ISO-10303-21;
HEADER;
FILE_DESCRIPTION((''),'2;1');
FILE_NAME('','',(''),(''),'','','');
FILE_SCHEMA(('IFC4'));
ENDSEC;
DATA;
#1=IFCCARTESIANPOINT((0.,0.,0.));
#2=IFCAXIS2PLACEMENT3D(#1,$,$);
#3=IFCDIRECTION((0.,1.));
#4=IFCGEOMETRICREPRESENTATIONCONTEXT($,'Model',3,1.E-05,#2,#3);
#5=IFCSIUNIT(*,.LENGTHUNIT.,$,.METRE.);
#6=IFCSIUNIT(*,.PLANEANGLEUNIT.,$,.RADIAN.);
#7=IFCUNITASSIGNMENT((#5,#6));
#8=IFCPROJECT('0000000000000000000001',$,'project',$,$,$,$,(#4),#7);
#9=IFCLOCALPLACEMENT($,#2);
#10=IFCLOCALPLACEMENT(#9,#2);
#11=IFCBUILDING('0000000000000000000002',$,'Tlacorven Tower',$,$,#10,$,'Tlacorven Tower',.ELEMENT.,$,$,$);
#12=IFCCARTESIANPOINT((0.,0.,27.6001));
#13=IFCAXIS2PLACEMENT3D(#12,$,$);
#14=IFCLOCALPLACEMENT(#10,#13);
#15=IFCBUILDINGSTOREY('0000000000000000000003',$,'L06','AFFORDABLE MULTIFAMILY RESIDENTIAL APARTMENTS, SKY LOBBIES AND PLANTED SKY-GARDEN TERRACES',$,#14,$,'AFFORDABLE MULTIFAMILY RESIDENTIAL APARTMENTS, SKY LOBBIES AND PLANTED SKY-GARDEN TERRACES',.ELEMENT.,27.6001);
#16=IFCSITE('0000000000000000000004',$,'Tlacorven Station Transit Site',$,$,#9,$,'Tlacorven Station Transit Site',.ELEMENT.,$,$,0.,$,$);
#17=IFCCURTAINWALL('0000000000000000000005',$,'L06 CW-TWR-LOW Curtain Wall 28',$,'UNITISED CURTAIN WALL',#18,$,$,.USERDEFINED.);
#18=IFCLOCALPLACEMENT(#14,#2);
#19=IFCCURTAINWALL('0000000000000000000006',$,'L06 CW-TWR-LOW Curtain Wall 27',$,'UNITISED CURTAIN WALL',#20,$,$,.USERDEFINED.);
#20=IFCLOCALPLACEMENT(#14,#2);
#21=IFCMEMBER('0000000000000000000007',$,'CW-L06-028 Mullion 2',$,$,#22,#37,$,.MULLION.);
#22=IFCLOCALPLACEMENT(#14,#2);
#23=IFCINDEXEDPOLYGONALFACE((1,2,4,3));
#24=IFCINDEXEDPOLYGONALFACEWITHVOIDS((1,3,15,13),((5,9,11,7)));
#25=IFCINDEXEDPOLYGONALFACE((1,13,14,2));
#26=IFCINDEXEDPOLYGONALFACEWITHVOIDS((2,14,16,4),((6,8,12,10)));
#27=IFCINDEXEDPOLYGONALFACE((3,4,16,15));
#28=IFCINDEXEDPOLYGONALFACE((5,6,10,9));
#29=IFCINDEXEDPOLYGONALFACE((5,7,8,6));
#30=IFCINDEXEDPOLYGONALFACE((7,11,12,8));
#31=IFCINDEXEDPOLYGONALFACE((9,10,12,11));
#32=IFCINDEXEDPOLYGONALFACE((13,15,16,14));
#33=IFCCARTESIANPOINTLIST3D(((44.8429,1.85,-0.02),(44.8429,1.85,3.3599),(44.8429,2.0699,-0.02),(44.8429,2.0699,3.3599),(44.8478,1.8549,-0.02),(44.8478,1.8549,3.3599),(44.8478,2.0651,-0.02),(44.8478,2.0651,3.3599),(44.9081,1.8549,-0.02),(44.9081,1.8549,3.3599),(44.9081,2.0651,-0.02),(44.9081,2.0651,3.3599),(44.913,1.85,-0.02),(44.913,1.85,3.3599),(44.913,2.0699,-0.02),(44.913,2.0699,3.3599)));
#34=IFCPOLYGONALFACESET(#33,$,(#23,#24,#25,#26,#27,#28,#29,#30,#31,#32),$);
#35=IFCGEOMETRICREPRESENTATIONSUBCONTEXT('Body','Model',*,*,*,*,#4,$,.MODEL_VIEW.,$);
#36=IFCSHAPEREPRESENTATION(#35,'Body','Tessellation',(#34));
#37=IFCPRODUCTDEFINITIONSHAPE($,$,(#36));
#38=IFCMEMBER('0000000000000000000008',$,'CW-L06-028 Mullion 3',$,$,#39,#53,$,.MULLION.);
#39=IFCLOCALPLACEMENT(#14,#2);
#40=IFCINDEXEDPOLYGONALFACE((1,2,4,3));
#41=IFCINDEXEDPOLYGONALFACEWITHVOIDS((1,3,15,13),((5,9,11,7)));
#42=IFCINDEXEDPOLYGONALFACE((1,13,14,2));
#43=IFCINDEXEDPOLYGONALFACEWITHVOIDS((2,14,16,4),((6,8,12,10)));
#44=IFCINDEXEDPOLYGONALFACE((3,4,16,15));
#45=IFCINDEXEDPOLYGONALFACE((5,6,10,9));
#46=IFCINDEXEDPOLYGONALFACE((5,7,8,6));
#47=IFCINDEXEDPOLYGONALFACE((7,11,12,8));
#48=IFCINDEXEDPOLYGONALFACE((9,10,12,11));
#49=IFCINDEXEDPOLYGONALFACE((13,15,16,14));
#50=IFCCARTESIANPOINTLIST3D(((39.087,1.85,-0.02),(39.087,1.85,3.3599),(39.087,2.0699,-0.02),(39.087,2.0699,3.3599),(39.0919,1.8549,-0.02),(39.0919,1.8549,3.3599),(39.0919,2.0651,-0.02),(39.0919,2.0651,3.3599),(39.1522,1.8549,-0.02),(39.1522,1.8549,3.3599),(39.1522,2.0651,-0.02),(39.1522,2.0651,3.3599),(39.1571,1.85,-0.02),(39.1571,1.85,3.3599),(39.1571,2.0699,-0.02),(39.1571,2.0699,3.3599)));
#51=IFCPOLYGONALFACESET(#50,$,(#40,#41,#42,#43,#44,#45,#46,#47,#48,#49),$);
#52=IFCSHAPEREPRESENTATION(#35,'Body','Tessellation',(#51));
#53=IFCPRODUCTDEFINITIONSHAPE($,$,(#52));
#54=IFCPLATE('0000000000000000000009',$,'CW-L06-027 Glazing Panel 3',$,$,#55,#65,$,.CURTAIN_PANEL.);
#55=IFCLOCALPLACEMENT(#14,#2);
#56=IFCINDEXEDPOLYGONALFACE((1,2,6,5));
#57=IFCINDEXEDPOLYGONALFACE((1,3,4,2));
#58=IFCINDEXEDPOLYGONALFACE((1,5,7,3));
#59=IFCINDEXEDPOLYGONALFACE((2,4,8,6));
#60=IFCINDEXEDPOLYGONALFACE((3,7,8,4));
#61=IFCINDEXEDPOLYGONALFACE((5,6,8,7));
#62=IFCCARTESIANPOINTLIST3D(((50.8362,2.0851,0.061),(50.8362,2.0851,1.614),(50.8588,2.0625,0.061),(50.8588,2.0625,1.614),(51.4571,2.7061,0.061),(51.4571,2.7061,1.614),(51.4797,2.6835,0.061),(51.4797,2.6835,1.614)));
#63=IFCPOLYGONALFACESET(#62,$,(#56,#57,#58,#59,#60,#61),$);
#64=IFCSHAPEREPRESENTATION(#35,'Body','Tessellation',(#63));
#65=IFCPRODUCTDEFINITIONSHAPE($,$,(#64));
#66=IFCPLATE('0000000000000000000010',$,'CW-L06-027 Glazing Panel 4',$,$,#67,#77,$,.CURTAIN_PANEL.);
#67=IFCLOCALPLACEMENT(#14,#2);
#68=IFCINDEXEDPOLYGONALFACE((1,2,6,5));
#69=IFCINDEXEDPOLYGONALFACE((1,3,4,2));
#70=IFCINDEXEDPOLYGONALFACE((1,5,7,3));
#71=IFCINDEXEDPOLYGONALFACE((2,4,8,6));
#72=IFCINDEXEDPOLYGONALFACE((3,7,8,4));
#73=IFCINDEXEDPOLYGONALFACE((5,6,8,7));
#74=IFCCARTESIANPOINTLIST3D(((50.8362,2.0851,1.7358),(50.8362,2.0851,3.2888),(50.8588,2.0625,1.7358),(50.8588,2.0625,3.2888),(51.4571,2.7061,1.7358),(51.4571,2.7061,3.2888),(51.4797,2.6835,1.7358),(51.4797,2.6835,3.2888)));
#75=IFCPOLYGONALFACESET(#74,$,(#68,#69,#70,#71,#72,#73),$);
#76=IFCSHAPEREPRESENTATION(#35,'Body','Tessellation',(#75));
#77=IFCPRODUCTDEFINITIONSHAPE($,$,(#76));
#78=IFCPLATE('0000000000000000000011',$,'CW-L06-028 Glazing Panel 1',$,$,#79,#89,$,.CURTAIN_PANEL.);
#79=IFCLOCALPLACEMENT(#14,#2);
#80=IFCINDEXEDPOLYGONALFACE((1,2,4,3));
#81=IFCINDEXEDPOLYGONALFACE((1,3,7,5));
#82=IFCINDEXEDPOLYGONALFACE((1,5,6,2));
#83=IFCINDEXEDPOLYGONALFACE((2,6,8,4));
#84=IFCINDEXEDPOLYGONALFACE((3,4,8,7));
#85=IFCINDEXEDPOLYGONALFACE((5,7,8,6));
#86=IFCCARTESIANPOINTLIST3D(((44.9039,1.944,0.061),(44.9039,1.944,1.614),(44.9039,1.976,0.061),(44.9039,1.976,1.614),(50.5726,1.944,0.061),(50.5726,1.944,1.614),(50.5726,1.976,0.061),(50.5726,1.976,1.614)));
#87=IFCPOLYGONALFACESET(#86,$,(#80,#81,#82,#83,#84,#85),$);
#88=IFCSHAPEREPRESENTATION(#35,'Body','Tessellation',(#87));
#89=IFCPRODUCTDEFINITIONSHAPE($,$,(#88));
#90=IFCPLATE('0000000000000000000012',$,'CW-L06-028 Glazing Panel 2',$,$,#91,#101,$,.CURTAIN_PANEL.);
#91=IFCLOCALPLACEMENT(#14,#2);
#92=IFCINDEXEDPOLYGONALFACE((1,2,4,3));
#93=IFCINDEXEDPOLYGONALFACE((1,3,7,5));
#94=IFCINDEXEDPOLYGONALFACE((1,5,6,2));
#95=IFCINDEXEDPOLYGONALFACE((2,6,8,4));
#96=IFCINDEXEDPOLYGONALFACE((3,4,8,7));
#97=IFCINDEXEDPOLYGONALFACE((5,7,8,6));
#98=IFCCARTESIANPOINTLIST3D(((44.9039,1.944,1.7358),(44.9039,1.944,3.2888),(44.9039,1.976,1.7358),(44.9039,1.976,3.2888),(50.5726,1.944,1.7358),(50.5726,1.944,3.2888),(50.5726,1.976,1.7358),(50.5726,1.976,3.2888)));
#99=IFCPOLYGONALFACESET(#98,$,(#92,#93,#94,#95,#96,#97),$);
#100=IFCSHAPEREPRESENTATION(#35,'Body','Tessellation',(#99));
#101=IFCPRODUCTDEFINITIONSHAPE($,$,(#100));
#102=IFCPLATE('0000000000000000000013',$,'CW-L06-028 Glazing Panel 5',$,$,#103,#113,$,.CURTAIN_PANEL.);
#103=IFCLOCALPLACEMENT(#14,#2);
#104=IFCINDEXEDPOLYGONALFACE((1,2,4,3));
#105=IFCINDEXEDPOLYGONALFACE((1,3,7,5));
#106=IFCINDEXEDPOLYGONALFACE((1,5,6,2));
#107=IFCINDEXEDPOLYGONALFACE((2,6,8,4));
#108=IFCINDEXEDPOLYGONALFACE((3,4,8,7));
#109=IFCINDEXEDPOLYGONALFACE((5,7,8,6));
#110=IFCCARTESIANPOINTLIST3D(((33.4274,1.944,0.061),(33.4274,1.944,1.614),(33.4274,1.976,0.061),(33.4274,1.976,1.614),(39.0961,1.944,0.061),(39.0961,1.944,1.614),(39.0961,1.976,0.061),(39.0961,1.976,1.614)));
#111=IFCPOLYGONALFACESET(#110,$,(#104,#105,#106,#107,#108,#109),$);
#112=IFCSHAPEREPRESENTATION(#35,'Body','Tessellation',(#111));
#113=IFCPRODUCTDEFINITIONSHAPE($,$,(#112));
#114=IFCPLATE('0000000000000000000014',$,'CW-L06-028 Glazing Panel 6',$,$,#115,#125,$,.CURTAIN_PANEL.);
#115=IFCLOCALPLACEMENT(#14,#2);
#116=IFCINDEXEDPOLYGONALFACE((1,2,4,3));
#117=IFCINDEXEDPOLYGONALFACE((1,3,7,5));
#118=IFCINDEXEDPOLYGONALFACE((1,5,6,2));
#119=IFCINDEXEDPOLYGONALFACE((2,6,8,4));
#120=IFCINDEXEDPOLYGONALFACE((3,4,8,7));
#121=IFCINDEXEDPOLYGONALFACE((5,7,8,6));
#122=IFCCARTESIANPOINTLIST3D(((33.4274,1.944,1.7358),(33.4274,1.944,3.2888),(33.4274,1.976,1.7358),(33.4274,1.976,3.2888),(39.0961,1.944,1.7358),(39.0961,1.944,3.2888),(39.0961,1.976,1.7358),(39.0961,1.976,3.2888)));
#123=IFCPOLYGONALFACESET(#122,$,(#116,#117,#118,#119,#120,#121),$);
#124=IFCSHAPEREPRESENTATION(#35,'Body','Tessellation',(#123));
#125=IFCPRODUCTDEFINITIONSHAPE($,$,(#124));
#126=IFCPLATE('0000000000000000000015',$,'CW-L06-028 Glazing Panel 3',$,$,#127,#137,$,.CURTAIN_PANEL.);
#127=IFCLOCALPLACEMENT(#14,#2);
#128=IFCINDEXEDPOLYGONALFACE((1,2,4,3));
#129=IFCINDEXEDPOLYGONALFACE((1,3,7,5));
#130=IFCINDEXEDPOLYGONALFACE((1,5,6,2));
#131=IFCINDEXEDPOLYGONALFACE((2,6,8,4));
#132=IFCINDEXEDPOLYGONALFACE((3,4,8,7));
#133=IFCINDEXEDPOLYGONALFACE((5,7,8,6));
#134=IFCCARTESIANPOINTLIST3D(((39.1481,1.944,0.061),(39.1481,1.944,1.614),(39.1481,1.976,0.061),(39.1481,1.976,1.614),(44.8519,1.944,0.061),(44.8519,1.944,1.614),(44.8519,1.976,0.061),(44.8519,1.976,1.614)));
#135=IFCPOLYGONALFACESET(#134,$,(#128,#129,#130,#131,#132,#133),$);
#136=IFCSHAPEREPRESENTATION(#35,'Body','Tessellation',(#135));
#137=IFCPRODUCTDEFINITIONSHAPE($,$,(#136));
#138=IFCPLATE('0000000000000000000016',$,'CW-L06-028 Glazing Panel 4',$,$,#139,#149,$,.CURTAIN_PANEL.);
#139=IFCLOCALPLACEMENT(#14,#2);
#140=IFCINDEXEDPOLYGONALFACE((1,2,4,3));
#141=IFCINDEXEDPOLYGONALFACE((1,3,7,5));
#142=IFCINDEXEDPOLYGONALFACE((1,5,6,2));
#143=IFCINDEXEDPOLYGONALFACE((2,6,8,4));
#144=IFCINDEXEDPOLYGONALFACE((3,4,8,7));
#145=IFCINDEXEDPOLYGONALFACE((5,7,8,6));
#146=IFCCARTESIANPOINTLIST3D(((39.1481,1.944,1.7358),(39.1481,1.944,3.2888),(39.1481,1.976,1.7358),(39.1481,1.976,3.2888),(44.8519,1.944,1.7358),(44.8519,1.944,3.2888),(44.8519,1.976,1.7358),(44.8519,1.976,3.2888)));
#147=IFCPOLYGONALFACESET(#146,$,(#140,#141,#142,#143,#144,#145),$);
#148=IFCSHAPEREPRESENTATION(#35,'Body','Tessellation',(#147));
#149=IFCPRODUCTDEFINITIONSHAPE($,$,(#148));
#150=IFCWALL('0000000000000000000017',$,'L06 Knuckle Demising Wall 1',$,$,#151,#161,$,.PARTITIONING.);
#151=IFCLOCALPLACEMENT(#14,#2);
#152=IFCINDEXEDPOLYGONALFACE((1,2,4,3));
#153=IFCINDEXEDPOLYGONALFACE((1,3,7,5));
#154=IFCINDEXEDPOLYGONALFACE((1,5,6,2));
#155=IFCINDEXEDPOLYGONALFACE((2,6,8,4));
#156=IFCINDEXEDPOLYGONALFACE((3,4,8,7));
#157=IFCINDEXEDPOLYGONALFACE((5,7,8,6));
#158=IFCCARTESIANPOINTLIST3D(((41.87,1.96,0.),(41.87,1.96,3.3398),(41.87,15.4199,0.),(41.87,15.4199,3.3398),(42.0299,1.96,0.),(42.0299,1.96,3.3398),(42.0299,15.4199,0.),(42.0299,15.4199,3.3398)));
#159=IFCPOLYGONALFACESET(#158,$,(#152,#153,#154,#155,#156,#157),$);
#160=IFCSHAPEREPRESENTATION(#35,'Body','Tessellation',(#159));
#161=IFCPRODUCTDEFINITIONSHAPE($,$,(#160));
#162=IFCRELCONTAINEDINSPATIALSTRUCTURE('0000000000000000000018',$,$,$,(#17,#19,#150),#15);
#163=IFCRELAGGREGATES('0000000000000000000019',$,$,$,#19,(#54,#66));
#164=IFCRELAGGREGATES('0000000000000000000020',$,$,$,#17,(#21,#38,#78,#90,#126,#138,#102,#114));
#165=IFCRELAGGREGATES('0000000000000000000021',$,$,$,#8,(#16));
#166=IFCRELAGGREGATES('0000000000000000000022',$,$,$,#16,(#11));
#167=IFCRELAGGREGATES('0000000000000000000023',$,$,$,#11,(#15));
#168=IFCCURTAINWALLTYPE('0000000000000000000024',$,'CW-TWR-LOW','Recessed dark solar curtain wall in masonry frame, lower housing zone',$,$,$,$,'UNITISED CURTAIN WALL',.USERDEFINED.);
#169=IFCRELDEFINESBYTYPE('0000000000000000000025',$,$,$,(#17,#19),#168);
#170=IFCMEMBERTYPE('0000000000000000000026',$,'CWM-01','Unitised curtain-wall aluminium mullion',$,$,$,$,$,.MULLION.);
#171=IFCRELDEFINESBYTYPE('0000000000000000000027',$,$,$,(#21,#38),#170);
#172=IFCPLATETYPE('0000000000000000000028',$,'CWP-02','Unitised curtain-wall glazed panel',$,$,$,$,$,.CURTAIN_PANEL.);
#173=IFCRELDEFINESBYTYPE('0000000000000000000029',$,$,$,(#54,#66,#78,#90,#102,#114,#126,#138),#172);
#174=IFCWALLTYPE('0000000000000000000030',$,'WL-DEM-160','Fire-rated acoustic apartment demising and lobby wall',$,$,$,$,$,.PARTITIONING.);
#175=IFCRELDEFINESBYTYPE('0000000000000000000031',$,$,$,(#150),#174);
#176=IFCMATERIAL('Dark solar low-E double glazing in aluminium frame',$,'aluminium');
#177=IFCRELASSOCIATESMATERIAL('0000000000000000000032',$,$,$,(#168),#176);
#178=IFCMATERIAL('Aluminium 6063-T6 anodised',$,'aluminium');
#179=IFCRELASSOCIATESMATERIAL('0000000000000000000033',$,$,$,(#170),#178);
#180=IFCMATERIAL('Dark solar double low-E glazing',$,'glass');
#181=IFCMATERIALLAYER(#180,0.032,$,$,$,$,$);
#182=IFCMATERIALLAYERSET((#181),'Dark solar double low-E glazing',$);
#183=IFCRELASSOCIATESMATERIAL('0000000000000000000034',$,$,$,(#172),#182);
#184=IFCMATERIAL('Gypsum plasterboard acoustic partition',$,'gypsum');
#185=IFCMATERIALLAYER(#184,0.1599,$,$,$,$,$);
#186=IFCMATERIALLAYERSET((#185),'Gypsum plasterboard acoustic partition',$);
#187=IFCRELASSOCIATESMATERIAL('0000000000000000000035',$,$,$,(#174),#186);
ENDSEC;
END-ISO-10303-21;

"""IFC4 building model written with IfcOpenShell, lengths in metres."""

from ifc_helpers import new_model, si_unit, direction, frame, frame_2d, origin, origin_2d, place, context, subcontext, project, spatial, rectangle, hollow_rectangle, extrude, source, transform, mapped, material, layer, layer_set, material_profile, profile_set, type_object, element, aggregate, save


model = new_model("IFC4")

# Units and contexts
model_context = context("Model", 3, precision=1e-05, world=origin(), true_north=direction((0.0, 1.0)))
body_context = subcontext(model_context, "Body", "Model", "MODEL_VIEW")
ifc_project = project(units=[si_unit("LENGTHUNIT", "METRE"), si_unit("PLANEANGLEUNIT", "RADIAN")], contexts=[model_context])

# Site, building, storey
site_placement = place(None, origin())
site = spatial("IfcSite", under=ifc_project, at=site_placement, Name="Tlacorven Station Transit Site", LongName="Tlacorven Station Transit Site", CompositionType="ELEMENT", RefElevation=0.0)
building_placement = place(site_placement, origin())
building = spatial("IfcBuilding", under=site, at=building_placement, Name="Tlacorven Tower", LongName="Tlacorven Tower", CompositionType="ELEMENT")
storey_placement = place(building_placement, frame((0.0, 0.0, 27.6001)))
storey = spatial("IfcBuildingStorey", under=building, at=storey_placement, Name="L06", Description="AFFORDABLE MULTIFAMILY RESIDENTIAL APARTMENTS, SKY LOBBIES AND PLANTED SKY-GARDEN TERRACES", LongName="AFFORDABLE MULTIFAMILY RESIDENTIAL APARTMENTS, SKY LOBBIES AND PLANTED SKY-GARDEN TERRACES", CompositionType="ELEMENT", Elevation=27.6001)

# Curtain wall
ifc_material_1 = material(Name="Dark solar low-E double glazing in aluminium frame", Category="aluminium")
curtain_wall_type = type_object("IfcCurtainWallType", Name="CW-TWR-LOW", Description="Recessed dark solar curtain wall in masonry frame, lower housing zone", ElementType="UNITISED CURTAIN WALL", PredefinedType="USERDEFINED", material=ifc_material_1)
curtain_wall_1_placement = place(storey_placement, origin())
curtain_wall_1 = element("IfcCurtainWall", 1, at=curtain_wall_1_placement, inside=storey, type_object=curtain_wall_type, Name="L06 CW-TWR-LOW Curtain Wall 28", ObjectType="UNITISED CURTAIN WALL", PredefinedType="USERDEFINED")
ifc_material_2 = material(Name="Aluminium 6063-T6 anodised", Category="aluminium")

# Curtain wall
curtain_wall_2_placement = place(storey_placement, origin())
curtain_wall_2 = element("IfcCurtainWall", 2, at=curtain_wall_2_placement, inside=storey, type_object=curtain_wall_type, Name="L06 CW-TWR-LOW Curtain Wall 27", ObjectType="UNITISED CURTAIN WALL", PredefinedType="USERDEFINED")
ifc_material_profile_1 = material_profile(ifc_material_2, hollow_rectangle(XDim=0.0701, YDim=0.22, WallThickness=0.0049, at=origin_2d()), Name="ALU MULLION 70X220")
ifc_profile_set_1 = profile_set([ifc_material_profile_1], Name="Aluminium 6063-T6 anodised")
member_type_1 = type_object("IfcMemberType", Name="CWM-01", Description="Unitised curtain-wall aluminium mullion", PredefinedType="MULLION", material=ifc_profile_set_1)
shared_shape_1 = source(origin(), body_context, "Body", "SweptSolid", [
    extrude(hollow_rectangle(XDim=0.0701, YDim=0.22, WallThickness=0.0049, at=origin_2d()), origin(), (0.0, 0.0, 1.0), 3.3799),
])

# Members
member_1_placement = place(storey_placement, frame((44.8779, 1.96, -0.02), z_axis=(0.0, 0.0, 1.0), x_axis=(-1.0, 0.0, 0.0)))
member_1 = element("IfcMember", 3, at=member_1_placement, type_object=member_type_1, Name="CW-L06-028 Mullion 2", PredefinedType="MULLION", context=body_context, shape_type="MappedRepresentation", body=[
    mapped(shared_shape_1, transform((0.0, 0.0, 0.0), scale=1.0)),
])
member_2_placement = place(storey_placement, frame((39.1221, 1.96, -0.02), z_axis=(0.0, 0.0, 1.0), x_axis=(-1.0, 0.0, 0.0)))
member_2 = element("IfcMember", 4, at=member_2_placement, type_object=member_type_1, Name="CW-L06-028 Mullion 3", PredefinedType="MULLION", context=body_context, shape_type="MappedRepresentation", body=[
    mapped(shared_shape_1, transform((0.0, 0.0, 0.0), scale=1.0)),
])

# Plates
ifc_material_3 = material(Name="Dark solar double low-E glazing", Category="glass")
ifc_layer_1 = layer(ifc_material_3, 0.032)
ifc_layer_set_1 = layer_set([ifc_layer_1], Name="Dark solar double low-E glazing")
plate_type = type_object("IfcPlateType", Name="CWP-02", Description="Unitised curtain-wall glazed panel", PredefinedType="CURTAIN_PANEL", material=ifc_layer_set_1)
shared_shape_2 = source(origin(), body_context, "Body", "SweptSolid", [
    extrude(rectangle(XDim=0.8782, YDim=0.032, at=origin_2d()), origin(), (0.0, 0.0, 1.0), 1.553),
])
plate_1_placement = place(storey_placement, frame((51.158, 2.3843, 0.061), z_axis=(0.0, 0.0, 1.0), x_axis=(-0.707107, -0.707107, 0.0)))
plate_1 = element("IfcPlate", 5, at=plate_1_placement, type_object=plate_type, Name="CW-L06-027 Glazing Panel 3", PredefinedType="CURTAIN_PANEL", context=body_context, shape_type="MappedRepresentation", body=[
    mapped(shared_shape_2, transform((0.0, 0.0, 0.0), scale=1.0)),
])
plate_2_placement = place(storey_placement, frame((51.158, 2.3843, 1.7358), z_axis=(0.0, 0.0, 1.0), x_axis=(-0.707107, -0.707107, 0.0)))
plate_2 = element("IfcPlate", 6, at=plate_2_placement, type_object=plate_type, Name="CW-L06-027 Glazing Panel 4", PredefinedType="CURTAIN_PANEL", context=body_context, shape_type="MappedRepresentation", body=[
    mapped(shared_shape_2, transform((0.0, 0.0, 0.0), scale=1.0)),
])
aggregate(curtain_wall_2, [plate_1, plate_2])
shared_shape_3 = source(origin(), body_context, "Body", "SweptSolid", [
    extrude(rectangle(XDim=5.6687, YDim=0.032, at=origin_2d()), origin(), (0.0, 0.0, 1.0), 1.553),
])
plate_3_placement = place(storey_placement, frame((47.7383, 1.96, 0.061), z_axis=(0.0, 0.0, 1.0), x_axis=(-1.0, 0.0, 0.0)))
plate_3 = element("IfcPlate", 7, at=plate_3_placement, type_object=plate_type, Name="CW-L06-028 Glazing Panel 1", PredefinedType="CURTAIN_PANEL", context=body_context, shape_type="MappedRepresentation", body=[
    mapped(shared_shape_3, transform((0.0, 0.0, 0.0), scale=1.0)),
])
plate_4_placement = place(storey_placement, frame((47.7383, 1.96, 1.7358), z_axis=(0.0, 0.0, 1.0), x_axis=(-1.0, 0.0, 0.0)))
plate_4 = element("IfcPlate", 8, at=plate_4_placement, type_object=plate_type, Name="CW-L06-028 Glazing Panel 2", PredefinedType="CURTAIN_PANEL", context=body_context, shape_type="MappedRepresentation", body=[
    mapped(shared_shape_3, transform((0.0, 0.0, 0.0), scale=1.0)),
])
plate_5_placement = place(storey_placement, frame((36.2617, 1.96, 0.061), z_axis=(0.0, 0.0, 1.0), x_axis=(-1.0, 0.0, 0.0)))
plate_5 = element("IfcPlate", 9, at=plate_5_placement, type_object=plate_type, Name="CW-L06-028 Glazing Panel 5", PredefinedType="CURTAIN_PANEL", context=body_context, shape_type="MappedRepresentation", body=[
    mapped(shared_shape_3, transform((0.0, 0.0, 0.0), scale=1.0)),
])
plate_6_placement = place(storey_placement, frame((36.2617, 1.96, 1.7358), z_axis=(0.0, 0.0, 1.0), x_axis=(-1.0, 0.0, 0.0)))
plate_6 = element("IfcPlate", 10, at=plate_6_placement, type_object=plate_type, Name="CW-L06-028 Glazing Panel 6", PredefinedType="CURTAIN_PANEL", context=body_context, shape_type="MappedRepresentation", body=[
    mapped(shared_shape_3, transform((0.0, 0.0, 0.0), scale=1.0)),
])
shared_shape_4 = source(origin(), body_context, "Body", "SweptSolid", [
    extrude(rectangle(XDim=5.7039, YDim=0.032, at=origin_2d()), origin(), (0.0, 0.0, 1.0), 1.553),
])
plate_7_placement = place(storey_placement, frame((42.0, 1.96, 0.061), z_axis=(0.0, 0.0, 1.0), x_axis=(-1.0, 0.0, 0.0)))
plate_7 = element("IfcPlate", 11, at=plate_7_placement, type_object=plate_type, Name="CW-L06-028 Glazing Panel 3", PredefinedType="CURTAIN_PANEL", context=body_context, shape_type="MappedRepresentation", body=[
    mapped(shared_shape_4, transform((0.0, 0.0, 0.0), scale=1.0)),
])
plate_8_placement = place(storey_placement, frame((42.0, 1.96, 1.7358), z_axis=(0.0, 0.0, 1.0), x_axis=(-1.0, 0.0, 0.0)))
plate_8 = element("IfcPlate", 12, at=plate_8_placement, type_object=plate_type, Name="CW-L06-028 Glazing Panel 4", PredefinedType="CURTAIN_PANEL", context=body_context, shape_type="MappedRepresentation", body=[
    mapped(shared_shape_4, transform((0.0, 0.0, 0.0), scale=1.0)),
])
aggregate(curtain_wall_1, [member_1, member_2, plate_3, plate_4, plate_7, plate_8, plate_5, plate_6])

# Wall
ifc_material_4 = material(Name="Gypsum plasterboard acoustic partition", Category="gypsum")
ifc_layer_2 = layer(ifc_material_4, 0.1599)
ifc_layer_set_2 = layer_set([ifc_layer_2], Name="Gypsum plasterboard acoustic partition")
wall_type_1 = type_object("IfcWallType", Name="WL-DEM-160", Description="Fire-rated acoustic apartment demising and lobby wall", PredefinedType="PARTITIONING", material=ifc_layer_set_2)
wall_1_placement = place(storey_placement, frame((41.95, 1.96, 0.0), z_axis=(0.0, 0.0, 1.0), x_axis=(0.0, 1.0, 0.0)))
element("IfcWall", 13, at=wall_1_placement, inside=storey, type_object=wall_type_1, Name="L06 Knuckle Demising Wall 1", PredefinedType="PARTITIONING", context=body_context, shape_type="SweptSolid", body=[
    extrude(rectangle(XDim=13.46, YDim=0.1599, at=frame_2d((6.73, 0.0))), origin(), (0.0, 0.0, 1.0), 3.3398),
])

save(model, "model.ifc")
